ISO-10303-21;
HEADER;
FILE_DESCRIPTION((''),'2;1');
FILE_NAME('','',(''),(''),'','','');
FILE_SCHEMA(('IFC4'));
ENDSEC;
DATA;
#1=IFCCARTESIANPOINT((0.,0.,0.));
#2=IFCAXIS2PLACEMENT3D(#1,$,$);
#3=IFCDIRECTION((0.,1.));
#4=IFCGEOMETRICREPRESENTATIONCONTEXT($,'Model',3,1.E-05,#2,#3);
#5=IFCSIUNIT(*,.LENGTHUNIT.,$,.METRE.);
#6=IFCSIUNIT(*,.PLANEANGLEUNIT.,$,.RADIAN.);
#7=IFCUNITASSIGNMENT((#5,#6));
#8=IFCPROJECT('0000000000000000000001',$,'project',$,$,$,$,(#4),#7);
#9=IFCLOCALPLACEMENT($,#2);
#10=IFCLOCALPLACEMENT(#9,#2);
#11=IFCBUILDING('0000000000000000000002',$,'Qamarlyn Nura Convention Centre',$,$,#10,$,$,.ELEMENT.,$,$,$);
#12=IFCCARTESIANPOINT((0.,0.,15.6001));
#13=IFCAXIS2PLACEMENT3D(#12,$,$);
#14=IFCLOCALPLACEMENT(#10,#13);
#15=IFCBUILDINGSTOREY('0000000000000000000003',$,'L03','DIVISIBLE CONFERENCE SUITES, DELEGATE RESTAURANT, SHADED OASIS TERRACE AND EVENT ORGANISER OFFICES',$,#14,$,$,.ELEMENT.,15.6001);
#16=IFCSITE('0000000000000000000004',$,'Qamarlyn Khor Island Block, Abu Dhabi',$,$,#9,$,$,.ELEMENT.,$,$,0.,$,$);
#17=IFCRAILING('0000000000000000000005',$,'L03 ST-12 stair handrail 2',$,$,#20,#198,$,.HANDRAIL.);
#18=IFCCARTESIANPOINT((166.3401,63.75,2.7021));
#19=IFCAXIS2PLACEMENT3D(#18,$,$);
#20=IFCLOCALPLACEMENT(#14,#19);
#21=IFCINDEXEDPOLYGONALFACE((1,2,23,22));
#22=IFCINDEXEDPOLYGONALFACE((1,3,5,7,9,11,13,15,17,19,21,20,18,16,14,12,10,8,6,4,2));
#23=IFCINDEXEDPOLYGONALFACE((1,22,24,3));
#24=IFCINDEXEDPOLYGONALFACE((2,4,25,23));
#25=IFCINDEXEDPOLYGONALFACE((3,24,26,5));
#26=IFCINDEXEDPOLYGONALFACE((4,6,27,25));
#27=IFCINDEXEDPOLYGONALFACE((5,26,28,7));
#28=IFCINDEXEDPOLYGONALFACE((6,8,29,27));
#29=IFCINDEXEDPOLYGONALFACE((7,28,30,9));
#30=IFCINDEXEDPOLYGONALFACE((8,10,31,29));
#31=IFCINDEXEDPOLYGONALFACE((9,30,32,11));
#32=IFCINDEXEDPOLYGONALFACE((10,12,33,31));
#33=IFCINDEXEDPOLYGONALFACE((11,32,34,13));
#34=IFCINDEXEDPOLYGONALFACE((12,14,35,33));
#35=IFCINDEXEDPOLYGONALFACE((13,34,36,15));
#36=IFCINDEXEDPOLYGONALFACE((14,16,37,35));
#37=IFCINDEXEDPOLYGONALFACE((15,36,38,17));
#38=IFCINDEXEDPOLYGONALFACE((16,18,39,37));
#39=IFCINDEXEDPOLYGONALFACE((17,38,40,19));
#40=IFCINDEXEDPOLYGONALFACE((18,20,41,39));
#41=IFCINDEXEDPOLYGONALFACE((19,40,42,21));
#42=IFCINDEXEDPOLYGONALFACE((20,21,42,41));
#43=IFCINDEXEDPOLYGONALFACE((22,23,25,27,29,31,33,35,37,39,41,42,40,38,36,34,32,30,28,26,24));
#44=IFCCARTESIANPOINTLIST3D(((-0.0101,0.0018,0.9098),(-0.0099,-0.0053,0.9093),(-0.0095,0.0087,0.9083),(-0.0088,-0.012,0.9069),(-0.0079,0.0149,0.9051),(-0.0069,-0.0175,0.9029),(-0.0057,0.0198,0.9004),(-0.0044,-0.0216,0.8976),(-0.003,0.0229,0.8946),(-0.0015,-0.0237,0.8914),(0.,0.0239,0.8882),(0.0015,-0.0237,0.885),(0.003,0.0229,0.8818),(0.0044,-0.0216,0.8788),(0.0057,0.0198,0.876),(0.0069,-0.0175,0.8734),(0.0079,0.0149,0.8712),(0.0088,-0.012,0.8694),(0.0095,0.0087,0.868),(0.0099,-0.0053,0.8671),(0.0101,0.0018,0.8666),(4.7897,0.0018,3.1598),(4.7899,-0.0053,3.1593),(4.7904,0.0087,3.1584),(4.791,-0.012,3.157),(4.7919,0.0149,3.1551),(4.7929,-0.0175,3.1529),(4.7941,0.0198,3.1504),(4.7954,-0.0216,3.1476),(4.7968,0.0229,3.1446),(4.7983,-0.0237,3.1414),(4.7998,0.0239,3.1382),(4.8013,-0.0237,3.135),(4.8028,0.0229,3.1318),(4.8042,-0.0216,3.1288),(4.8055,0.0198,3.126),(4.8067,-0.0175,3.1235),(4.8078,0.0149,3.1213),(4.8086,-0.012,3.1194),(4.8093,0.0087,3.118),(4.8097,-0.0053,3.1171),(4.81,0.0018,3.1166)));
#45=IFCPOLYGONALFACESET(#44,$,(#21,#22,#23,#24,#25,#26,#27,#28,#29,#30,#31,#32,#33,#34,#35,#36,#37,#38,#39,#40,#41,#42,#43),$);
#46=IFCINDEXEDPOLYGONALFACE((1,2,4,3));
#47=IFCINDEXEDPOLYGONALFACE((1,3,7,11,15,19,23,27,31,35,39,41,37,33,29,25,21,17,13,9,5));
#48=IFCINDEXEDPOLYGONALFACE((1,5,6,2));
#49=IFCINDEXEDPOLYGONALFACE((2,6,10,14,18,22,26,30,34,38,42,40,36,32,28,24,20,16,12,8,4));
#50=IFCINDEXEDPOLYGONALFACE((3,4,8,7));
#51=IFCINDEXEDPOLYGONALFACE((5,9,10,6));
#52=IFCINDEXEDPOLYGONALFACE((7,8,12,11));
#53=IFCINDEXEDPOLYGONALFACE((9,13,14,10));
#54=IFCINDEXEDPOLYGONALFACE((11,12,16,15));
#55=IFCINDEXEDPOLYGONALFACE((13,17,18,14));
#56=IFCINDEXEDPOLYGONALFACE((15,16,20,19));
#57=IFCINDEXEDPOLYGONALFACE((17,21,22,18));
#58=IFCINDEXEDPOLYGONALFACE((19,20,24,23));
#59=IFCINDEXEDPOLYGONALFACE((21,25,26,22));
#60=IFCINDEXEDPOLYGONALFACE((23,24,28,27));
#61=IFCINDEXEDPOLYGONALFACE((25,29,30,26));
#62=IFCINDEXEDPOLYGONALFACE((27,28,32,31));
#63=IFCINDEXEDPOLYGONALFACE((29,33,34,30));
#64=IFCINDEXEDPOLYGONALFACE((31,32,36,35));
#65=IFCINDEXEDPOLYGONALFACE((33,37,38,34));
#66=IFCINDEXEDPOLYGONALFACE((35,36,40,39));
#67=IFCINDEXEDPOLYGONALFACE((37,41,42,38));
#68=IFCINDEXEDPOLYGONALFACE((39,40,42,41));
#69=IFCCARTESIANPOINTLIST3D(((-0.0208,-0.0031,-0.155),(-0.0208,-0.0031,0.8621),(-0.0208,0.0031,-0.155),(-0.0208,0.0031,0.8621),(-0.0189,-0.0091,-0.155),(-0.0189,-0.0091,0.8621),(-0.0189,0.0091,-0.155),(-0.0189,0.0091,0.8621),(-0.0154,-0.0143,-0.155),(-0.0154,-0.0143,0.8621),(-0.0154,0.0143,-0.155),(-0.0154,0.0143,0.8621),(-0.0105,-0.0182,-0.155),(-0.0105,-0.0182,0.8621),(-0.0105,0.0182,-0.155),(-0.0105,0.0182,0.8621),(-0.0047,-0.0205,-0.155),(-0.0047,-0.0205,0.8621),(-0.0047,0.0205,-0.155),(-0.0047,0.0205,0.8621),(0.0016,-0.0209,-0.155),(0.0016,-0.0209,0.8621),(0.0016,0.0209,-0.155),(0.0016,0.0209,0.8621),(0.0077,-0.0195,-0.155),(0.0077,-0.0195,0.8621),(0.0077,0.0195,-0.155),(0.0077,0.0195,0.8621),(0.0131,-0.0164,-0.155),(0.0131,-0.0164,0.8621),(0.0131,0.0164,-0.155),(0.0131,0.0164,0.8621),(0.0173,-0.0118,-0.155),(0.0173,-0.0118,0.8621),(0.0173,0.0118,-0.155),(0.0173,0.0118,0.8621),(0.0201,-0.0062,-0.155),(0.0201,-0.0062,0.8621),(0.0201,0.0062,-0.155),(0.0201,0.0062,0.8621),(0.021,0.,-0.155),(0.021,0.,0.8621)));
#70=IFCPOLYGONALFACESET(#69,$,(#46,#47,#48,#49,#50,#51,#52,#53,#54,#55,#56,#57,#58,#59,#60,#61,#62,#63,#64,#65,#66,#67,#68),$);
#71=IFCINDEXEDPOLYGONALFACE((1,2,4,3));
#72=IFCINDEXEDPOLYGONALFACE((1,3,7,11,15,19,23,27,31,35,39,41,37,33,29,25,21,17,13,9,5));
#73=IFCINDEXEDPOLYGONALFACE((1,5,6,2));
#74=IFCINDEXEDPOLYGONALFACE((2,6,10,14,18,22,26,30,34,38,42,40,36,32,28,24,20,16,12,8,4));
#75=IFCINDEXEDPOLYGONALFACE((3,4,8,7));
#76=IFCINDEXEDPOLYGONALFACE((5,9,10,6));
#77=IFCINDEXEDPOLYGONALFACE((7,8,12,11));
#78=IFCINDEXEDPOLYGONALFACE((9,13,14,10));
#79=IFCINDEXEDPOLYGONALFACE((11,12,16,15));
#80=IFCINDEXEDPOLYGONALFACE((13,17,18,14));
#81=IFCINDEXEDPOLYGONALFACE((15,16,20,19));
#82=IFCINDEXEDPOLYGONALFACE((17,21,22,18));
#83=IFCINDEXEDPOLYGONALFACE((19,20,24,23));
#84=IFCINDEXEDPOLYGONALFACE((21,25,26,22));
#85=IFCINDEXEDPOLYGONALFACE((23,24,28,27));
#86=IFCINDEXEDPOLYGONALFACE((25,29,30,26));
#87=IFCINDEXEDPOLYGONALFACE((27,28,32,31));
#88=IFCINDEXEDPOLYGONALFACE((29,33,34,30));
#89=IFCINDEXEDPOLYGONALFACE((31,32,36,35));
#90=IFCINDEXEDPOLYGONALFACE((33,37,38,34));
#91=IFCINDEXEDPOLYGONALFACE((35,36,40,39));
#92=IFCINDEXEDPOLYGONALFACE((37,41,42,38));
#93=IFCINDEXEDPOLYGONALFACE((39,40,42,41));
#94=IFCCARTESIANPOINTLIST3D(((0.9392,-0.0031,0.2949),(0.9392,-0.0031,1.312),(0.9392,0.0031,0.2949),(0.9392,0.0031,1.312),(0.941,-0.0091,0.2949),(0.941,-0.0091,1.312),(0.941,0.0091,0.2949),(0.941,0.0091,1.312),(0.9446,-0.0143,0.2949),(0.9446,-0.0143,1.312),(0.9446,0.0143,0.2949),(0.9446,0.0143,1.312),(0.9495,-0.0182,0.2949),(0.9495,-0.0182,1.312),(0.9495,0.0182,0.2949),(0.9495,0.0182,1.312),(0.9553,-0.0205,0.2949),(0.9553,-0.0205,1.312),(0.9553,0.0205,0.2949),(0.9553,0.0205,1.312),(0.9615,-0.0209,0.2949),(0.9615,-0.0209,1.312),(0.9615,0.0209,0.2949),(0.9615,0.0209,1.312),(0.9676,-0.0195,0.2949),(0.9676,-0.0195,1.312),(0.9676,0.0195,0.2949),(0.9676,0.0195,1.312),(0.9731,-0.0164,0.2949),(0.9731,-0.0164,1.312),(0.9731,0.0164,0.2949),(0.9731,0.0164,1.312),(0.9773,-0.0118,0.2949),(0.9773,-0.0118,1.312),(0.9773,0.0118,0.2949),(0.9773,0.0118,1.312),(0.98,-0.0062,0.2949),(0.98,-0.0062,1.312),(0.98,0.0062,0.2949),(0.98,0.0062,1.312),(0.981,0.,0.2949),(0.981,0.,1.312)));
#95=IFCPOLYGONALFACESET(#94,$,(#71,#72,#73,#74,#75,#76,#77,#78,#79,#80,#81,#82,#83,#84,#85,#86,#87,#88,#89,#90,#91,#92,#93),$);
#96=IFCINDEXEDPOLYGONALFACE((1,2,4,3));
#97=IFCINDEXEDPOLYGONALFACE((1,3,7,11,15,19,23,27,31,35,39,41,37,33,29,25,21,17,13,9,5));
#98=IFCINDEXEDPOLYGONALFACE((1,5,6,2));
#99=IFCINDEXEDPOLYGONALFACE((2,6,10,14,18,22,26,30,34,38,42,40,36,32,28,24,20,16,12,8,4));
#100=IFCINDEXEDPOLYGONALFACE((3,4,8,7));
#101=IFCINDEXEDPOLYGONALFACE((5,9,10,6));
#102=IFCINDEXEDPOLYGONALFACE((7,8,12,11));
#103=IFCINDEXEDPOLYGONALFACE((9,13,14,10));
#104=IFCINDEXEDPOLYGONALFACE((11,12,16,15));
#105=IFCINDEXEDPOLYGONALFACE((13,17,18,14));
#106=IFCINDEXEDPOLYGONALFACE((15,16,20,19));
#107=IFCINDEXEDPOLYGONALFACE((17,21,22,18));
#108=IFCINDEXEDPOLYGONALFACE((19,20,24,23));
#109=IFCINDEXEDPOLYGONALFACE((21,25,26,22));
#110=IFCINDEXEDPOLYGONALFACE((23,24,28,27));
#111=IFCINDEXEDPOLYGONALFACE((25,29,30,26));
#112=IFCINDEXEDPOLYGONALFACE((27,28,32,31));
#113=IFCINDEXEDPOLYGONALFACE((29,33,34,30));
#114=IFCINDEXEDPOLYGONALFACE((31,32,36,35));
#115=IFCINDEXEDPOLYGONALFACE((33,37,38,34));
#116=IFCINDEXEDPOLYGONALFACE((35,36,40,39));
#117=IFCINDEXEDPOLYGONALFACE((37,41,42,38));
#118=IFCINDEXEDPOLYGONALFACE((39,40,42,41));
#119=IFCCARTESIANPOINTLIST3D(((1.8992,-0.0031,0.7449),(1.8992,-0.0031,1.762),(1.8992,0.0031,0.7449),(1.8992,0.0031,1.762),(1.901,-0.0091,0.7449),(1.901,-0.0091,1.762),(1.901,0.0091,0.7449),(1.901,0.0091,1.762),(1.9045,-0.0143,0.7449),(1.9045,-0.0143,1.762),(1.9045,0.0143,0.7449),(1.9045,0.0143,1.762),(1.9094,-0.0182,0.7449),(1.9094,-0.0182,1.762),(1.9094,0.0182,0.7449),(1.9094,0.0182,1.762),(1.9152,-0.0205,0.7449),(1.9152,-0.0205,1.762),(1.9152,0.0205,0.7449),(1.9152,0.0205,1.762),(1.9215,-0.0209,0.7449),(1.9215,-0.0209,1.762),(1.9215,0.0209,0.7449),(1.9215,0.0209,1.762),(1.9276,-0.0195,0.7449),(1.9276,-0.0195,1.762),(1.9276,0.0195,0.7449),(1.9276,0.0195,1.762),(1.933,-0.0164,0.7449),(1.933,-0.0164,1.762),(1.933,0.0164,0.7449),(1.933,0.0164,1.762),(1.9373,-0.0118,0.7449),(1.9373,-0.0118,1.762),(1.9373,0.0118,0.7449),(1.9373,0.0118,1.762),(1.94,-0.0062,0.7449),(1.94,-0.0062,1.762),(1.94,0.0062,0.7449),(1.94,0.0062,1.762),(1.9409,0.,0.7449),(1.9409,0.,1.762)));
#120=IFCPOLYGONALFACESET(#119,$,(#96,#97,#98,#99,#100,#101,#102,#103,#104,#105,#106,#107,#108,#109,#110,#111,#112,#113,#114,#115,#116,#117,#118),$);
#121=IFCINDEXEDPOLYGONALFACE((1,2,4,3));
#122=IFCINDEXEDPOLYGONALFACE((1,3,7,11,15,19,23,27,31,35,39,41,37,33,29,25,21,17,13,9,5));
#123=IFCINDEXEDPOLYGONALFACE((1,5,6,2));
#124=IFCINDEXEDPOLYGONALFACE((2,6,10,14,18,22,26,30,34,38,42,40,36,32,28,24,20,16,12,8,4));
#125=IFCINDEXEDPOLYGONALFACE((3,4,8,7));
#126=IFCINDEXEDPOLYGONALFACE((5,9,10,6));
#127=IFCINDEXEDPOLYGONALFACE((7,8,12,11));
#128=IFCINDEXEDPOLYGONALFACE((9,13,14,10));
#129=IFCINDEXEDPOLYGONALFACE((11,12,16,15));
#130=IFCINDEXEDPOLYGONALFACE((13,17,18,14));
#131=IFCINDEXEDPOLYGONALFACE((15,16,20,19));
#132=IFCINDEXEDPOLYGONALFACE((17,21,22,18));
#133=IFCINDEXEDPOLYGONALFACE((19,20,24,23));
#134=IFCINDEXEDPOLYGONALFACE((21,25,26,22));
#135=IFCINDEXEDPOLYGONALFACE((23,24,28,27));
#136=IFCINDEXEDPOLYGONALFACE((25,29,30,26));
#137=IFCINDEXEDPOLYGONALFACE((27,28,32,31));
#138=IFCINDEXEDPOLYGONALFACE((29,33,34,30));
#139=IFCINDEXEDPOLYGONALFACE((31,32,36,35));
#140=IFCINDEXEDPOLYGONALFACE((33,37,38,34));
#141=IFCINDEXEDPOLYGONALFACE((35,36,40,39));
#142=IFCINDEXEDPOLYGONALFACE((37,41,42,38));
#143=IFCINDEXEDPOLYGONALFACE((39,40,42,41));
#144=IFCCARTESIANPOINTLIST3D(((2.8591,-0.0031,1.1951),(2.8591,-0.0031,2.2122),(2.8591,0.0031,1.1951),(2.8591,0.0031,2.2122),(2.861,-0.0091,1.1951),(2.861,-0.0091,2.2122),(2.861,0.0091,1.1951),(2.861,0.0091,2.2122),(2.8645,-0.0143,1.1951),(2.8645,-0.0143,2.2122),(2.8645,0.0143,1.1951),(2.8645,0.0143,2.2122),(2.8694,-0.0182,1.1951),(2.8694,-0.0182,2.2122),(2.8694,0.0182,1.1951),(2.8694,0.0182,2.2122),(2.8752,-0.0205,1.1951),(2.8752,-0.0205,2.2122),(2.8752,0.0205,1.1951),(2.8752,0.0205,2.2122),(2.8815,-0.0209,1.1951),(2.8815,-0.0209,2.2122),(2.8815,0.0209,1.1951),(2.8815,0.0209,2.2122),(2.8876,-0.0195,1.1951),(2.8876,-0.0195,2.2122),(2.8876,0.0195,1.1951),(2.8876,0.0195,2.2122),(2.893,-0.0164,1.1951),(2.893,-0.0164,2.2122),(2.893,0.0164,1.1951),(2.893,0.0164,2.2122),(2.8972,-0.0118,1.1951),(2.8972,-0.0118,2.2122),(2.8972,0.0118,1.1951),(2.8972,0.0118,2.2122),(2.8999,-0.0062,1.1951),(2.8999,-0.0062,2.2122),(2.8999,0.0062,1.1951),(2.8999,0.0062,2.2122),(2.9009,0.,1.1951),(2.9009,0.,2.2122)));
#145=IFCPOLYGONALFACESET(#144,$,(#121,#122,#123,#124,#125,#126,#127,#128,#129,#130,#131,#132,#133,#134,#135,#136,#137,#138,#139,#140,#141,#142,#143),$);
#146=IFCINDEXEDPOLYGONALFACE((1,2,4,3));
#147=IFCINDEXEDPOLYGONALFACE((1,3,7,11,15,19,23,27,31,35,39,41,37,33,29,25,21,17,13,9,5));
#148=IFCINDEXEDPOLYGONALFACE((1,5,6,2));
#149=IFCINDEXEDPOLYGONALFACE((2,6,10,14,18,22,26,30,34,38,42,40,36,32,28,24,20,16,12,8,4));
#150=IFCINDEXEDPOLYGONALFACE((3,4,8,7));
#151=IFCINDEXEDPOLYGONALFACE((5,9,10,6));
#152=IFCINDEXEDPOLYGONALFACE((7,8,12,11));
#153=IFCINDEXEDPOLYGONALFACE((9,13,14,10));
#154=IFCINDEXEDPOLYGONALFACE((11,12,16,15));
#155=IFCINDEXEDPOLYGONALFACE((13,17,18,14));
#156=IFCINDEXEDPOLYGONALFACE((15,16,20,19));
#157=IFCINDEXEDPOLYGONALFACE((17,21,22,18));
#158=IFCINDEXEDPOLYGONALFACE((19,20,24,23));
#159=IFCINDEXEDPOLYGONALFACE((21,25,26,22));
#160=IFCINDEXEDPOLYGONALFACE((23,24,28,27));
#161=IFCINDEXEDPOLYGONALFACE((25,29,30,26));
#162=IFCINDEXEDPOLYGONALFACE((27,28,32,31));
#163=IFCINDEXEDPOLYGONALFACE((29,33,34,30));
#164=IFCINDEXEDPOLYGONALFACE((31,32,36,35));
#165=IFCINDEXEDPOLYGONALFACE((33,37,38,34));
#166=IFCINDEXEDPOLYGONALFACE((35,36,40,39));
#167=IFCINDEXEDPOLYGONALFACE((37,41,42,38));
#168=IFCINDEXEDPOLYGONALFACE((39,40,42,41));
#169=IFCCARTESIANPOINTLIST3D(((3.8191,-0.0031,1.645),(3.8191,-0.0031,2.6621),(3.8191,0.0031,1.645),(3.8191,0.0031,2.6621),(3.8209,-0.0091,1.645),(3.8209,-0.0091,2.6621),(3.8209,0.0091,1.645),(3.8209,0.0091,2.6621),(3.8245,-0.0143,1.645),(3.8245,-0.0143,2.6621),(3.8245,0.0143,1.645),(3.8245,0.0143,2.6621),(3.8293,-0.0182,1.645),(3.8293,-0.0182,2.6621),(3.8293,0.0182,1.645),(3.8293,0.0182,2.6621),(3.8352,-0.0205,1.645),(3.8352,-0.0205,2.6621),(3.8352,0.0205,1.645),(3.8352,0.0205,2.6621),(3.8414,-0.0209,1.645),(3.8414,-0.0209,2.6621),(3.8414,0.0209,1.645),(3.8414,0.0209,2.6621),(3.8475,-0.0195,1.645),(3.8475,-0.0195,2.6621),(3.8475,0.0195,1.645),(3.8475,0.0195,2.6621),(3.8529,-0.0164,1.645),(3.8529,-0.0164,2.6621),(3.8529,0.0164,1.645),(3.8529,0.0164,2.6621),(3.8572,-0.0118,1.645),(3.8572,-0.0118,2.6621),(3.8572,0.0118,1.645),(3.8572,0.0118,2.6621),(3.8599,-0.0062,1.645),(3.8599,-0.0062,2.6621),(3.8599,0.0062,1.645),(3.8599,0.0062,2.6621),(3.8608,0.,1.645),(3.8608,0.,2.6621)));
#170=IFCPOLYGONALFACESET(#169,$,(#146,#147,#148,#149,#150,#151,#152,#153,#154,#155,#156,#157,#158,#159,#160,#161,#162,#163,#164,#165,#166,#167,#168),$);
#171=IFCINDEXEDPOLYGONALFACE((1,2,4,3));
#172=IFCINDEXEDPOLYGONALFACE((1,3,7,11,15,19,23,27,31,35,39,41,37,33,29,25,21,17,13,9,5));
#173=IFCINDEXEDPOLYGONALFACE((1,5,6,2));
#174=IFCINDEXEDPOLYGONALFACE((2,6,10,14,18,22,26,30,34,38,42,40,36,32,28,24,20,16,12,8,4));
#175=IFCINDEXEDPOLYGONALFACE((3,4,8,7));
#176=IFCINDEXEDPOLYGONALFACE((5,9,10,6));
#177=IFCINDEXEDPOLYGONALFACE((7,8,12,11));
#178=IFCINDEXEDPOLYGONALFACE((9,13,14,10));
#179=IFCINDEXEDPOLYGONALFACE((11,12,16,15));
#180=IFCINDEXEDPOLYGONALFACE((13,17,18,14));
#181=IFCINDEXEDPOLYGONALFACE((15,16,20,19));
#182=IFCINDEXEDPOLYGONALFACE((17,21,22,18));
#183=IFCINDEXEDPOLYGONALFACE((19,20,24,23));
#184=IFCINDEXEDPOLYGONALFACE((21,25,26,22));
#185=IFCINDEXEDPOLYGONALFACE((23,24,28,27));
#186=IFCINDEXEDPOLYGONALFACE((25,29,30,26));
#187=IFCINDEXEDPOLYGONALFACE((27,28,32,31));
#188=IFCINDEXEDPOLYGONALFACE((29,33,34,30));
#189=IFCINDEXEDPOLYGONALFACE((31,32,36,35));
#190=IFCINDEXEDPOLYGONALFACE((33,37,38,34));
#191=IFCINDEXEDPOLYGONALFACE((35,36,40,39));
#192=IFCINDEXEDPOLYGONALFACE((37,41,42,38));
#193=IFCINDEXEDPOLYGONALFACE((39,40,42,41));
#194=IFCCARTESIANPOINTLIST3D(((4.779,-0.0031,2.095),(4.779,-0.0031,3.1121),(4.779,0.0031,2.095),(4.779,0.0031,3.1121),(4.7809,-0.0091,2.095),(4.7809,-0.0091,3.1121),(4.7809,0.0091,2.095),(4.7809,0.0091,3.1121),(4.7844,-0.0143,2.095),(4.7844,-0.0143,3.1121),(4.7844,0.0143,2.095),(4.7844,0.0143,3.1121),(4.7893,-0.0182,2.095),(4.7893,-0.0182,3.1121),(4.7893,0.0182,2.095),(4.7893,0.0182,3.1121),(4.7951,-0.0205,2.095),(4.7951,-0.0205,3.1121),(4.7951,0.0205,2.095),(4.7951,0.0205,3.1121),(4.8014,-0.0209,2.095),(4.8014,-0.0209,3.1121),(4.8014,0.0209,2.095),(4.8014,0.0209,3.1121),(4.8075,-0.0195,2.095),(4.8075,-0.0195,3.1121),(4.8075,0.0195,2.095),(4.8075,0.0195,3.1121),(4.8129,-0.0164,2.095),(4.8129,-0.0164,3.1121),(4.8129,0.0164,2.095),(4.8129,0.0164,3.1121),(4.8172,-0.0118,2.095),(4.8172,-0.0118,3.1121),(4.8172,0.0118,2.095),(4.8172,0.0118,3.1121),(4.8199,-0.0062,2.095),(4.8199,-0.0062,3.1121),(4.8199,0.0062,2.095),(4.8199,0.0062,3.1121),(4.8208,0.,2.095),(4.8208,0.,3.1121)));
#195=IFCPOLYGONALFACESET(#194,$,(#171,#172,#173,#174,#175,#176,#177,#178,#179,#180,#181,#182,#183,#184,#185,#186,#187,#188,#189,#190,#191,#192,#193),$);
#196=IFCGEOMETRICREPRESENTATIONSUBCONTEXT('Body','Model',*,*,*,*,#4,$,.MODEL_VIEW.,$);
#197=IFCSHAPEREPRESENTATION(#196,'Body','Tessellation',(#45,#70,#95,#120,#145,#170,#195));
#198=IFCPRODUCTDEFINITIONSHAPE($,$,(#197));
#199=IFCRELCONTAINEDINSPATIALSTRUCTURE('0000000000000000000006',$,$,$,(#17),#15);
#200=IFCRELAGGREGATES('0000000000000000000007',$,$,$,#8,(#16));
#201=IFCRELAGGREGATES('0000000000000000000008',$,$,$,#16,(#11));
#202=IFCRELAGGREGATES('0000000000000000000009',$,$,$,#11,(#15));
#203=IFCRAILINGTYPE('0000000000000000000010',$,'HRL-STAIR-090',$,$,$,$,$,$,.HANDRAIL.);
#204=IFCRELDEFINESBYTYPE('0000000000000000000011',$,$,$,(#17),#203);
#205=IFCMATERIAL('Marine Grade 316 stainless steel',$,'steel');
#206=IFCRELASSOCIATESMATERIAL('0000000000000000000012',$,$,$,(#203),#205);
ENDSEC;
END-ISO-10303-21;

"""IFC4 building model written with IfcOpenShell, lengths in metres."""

from ifc_helpers import new_model, si_unit, direction, frame, origin, origin_2d, place, context, subcontext, project, spatial, circle, extrude, material, type_object, element, save


model = new_model("IFC4")

# Units and contexts
model_context = context("Model", 3, precision=1e-05, world=origin(), true_north=direction((0.0, 1.0)))
body_context = subcontext(model_context, "Body", "Model", "MODEL_VIEW")
ifc_project = project(units=[si_unit("LENGTHUNIT", "METRE"), si_unit("PLANEANGLEUNIT", "RADIAN")], contexts=[model_context])

# Site, building, storey
site_placement = place(None, origin())
site = spatial("IfcSite", under=ifc_project, at=site_placement, Name="Qamarlyn Khor Island Block, Abu Dhabi", CompositionType="ELEMENT", RefElevation=0.0)
building_placement = place(site_placement, origin())
building = spatial("IfcBuilding", under=site, at=building_placement, Name="Qamarlyn Nura Convention Centre", CompositionType="ELEMENT")
storey_placement = place(building_placement, frame((0.0, 0.0, 15.6001)))
storey = spatial("IfcBuildingStorey", under=building, at=storey_placement, Name="L03", Description="DIVISIBLE CONFERENCE SUITES, DELEGATE RESTAURANT, SHADED OASIS TERRACE AND EVENT ORGANISER OFFICES", CompositionType="ELEMENT", Elevation=15.6001)

# Railing
ifc_material_1 = material(Name="Marine Grade 316 stainless steel", Category="steel")
railing_type_1 = type_object("IfcRailingType", Name="HRL-STAIR-090", PredefinedType="HANDRAIL", material=ifc_material_1)
railing_1_placement = place(storey_placement, frame((166.3401, 63.75, 2.7021)))
element("IfcRailing", 1, at=railing_1_placement, inside=storey, type_object=railing_type_1, Name="L03 ST-12 stair handrail 2", PredefinedType="HANDRAIL", context=body_context, shape_type="SweptSolid", body=[
    extrude(circle(Radius=0.0239, at=origin_2d()), frame((0.0, 0.0, 0.8882), z_axis=(0.905452, 0.0, 0.424448), x_axis=(0.0, 1.0, 0.0)), (0.0, 0.0, 1.0), 5.301),
    extrude(circle(Radius=0.021, at=origin_2d()), frame((0.0, 0.0, -0.155)), (0.0, 0.0, 1.0), 1.0171),
    extrude(circle(Radius=0.021, at=origin_2d()), frame((0.96, 0.0, 0.2949)), (0.0, 0.0, 1.0), 1.0171),
    extrude(circle(Radius=0.021, at=origin_2d()), frame((1.9199, 0.0, 0.7449)), (0.0, 0.0, 1.0), 1.0171),
    extrude(circle(Radius=0.021, at=origin_2d()), frame((2.8799, 0.0, 1.1951)), (0.0, 0.0, 1.0), 1.0171),
    extrude(circle(Radius=0.021, at=origin_2d()), frame((3.8398, 0.0, 1.645)), (0.0, 0.0, 1.0), 1.0171),
    extrude(circle(Radius=0.021, at=origin_2d()), frame((4.7998, 0.0, 2.095)), (0.0, 0.0, 1.0), 1.0171),
])

save(model, "model.ifc")
